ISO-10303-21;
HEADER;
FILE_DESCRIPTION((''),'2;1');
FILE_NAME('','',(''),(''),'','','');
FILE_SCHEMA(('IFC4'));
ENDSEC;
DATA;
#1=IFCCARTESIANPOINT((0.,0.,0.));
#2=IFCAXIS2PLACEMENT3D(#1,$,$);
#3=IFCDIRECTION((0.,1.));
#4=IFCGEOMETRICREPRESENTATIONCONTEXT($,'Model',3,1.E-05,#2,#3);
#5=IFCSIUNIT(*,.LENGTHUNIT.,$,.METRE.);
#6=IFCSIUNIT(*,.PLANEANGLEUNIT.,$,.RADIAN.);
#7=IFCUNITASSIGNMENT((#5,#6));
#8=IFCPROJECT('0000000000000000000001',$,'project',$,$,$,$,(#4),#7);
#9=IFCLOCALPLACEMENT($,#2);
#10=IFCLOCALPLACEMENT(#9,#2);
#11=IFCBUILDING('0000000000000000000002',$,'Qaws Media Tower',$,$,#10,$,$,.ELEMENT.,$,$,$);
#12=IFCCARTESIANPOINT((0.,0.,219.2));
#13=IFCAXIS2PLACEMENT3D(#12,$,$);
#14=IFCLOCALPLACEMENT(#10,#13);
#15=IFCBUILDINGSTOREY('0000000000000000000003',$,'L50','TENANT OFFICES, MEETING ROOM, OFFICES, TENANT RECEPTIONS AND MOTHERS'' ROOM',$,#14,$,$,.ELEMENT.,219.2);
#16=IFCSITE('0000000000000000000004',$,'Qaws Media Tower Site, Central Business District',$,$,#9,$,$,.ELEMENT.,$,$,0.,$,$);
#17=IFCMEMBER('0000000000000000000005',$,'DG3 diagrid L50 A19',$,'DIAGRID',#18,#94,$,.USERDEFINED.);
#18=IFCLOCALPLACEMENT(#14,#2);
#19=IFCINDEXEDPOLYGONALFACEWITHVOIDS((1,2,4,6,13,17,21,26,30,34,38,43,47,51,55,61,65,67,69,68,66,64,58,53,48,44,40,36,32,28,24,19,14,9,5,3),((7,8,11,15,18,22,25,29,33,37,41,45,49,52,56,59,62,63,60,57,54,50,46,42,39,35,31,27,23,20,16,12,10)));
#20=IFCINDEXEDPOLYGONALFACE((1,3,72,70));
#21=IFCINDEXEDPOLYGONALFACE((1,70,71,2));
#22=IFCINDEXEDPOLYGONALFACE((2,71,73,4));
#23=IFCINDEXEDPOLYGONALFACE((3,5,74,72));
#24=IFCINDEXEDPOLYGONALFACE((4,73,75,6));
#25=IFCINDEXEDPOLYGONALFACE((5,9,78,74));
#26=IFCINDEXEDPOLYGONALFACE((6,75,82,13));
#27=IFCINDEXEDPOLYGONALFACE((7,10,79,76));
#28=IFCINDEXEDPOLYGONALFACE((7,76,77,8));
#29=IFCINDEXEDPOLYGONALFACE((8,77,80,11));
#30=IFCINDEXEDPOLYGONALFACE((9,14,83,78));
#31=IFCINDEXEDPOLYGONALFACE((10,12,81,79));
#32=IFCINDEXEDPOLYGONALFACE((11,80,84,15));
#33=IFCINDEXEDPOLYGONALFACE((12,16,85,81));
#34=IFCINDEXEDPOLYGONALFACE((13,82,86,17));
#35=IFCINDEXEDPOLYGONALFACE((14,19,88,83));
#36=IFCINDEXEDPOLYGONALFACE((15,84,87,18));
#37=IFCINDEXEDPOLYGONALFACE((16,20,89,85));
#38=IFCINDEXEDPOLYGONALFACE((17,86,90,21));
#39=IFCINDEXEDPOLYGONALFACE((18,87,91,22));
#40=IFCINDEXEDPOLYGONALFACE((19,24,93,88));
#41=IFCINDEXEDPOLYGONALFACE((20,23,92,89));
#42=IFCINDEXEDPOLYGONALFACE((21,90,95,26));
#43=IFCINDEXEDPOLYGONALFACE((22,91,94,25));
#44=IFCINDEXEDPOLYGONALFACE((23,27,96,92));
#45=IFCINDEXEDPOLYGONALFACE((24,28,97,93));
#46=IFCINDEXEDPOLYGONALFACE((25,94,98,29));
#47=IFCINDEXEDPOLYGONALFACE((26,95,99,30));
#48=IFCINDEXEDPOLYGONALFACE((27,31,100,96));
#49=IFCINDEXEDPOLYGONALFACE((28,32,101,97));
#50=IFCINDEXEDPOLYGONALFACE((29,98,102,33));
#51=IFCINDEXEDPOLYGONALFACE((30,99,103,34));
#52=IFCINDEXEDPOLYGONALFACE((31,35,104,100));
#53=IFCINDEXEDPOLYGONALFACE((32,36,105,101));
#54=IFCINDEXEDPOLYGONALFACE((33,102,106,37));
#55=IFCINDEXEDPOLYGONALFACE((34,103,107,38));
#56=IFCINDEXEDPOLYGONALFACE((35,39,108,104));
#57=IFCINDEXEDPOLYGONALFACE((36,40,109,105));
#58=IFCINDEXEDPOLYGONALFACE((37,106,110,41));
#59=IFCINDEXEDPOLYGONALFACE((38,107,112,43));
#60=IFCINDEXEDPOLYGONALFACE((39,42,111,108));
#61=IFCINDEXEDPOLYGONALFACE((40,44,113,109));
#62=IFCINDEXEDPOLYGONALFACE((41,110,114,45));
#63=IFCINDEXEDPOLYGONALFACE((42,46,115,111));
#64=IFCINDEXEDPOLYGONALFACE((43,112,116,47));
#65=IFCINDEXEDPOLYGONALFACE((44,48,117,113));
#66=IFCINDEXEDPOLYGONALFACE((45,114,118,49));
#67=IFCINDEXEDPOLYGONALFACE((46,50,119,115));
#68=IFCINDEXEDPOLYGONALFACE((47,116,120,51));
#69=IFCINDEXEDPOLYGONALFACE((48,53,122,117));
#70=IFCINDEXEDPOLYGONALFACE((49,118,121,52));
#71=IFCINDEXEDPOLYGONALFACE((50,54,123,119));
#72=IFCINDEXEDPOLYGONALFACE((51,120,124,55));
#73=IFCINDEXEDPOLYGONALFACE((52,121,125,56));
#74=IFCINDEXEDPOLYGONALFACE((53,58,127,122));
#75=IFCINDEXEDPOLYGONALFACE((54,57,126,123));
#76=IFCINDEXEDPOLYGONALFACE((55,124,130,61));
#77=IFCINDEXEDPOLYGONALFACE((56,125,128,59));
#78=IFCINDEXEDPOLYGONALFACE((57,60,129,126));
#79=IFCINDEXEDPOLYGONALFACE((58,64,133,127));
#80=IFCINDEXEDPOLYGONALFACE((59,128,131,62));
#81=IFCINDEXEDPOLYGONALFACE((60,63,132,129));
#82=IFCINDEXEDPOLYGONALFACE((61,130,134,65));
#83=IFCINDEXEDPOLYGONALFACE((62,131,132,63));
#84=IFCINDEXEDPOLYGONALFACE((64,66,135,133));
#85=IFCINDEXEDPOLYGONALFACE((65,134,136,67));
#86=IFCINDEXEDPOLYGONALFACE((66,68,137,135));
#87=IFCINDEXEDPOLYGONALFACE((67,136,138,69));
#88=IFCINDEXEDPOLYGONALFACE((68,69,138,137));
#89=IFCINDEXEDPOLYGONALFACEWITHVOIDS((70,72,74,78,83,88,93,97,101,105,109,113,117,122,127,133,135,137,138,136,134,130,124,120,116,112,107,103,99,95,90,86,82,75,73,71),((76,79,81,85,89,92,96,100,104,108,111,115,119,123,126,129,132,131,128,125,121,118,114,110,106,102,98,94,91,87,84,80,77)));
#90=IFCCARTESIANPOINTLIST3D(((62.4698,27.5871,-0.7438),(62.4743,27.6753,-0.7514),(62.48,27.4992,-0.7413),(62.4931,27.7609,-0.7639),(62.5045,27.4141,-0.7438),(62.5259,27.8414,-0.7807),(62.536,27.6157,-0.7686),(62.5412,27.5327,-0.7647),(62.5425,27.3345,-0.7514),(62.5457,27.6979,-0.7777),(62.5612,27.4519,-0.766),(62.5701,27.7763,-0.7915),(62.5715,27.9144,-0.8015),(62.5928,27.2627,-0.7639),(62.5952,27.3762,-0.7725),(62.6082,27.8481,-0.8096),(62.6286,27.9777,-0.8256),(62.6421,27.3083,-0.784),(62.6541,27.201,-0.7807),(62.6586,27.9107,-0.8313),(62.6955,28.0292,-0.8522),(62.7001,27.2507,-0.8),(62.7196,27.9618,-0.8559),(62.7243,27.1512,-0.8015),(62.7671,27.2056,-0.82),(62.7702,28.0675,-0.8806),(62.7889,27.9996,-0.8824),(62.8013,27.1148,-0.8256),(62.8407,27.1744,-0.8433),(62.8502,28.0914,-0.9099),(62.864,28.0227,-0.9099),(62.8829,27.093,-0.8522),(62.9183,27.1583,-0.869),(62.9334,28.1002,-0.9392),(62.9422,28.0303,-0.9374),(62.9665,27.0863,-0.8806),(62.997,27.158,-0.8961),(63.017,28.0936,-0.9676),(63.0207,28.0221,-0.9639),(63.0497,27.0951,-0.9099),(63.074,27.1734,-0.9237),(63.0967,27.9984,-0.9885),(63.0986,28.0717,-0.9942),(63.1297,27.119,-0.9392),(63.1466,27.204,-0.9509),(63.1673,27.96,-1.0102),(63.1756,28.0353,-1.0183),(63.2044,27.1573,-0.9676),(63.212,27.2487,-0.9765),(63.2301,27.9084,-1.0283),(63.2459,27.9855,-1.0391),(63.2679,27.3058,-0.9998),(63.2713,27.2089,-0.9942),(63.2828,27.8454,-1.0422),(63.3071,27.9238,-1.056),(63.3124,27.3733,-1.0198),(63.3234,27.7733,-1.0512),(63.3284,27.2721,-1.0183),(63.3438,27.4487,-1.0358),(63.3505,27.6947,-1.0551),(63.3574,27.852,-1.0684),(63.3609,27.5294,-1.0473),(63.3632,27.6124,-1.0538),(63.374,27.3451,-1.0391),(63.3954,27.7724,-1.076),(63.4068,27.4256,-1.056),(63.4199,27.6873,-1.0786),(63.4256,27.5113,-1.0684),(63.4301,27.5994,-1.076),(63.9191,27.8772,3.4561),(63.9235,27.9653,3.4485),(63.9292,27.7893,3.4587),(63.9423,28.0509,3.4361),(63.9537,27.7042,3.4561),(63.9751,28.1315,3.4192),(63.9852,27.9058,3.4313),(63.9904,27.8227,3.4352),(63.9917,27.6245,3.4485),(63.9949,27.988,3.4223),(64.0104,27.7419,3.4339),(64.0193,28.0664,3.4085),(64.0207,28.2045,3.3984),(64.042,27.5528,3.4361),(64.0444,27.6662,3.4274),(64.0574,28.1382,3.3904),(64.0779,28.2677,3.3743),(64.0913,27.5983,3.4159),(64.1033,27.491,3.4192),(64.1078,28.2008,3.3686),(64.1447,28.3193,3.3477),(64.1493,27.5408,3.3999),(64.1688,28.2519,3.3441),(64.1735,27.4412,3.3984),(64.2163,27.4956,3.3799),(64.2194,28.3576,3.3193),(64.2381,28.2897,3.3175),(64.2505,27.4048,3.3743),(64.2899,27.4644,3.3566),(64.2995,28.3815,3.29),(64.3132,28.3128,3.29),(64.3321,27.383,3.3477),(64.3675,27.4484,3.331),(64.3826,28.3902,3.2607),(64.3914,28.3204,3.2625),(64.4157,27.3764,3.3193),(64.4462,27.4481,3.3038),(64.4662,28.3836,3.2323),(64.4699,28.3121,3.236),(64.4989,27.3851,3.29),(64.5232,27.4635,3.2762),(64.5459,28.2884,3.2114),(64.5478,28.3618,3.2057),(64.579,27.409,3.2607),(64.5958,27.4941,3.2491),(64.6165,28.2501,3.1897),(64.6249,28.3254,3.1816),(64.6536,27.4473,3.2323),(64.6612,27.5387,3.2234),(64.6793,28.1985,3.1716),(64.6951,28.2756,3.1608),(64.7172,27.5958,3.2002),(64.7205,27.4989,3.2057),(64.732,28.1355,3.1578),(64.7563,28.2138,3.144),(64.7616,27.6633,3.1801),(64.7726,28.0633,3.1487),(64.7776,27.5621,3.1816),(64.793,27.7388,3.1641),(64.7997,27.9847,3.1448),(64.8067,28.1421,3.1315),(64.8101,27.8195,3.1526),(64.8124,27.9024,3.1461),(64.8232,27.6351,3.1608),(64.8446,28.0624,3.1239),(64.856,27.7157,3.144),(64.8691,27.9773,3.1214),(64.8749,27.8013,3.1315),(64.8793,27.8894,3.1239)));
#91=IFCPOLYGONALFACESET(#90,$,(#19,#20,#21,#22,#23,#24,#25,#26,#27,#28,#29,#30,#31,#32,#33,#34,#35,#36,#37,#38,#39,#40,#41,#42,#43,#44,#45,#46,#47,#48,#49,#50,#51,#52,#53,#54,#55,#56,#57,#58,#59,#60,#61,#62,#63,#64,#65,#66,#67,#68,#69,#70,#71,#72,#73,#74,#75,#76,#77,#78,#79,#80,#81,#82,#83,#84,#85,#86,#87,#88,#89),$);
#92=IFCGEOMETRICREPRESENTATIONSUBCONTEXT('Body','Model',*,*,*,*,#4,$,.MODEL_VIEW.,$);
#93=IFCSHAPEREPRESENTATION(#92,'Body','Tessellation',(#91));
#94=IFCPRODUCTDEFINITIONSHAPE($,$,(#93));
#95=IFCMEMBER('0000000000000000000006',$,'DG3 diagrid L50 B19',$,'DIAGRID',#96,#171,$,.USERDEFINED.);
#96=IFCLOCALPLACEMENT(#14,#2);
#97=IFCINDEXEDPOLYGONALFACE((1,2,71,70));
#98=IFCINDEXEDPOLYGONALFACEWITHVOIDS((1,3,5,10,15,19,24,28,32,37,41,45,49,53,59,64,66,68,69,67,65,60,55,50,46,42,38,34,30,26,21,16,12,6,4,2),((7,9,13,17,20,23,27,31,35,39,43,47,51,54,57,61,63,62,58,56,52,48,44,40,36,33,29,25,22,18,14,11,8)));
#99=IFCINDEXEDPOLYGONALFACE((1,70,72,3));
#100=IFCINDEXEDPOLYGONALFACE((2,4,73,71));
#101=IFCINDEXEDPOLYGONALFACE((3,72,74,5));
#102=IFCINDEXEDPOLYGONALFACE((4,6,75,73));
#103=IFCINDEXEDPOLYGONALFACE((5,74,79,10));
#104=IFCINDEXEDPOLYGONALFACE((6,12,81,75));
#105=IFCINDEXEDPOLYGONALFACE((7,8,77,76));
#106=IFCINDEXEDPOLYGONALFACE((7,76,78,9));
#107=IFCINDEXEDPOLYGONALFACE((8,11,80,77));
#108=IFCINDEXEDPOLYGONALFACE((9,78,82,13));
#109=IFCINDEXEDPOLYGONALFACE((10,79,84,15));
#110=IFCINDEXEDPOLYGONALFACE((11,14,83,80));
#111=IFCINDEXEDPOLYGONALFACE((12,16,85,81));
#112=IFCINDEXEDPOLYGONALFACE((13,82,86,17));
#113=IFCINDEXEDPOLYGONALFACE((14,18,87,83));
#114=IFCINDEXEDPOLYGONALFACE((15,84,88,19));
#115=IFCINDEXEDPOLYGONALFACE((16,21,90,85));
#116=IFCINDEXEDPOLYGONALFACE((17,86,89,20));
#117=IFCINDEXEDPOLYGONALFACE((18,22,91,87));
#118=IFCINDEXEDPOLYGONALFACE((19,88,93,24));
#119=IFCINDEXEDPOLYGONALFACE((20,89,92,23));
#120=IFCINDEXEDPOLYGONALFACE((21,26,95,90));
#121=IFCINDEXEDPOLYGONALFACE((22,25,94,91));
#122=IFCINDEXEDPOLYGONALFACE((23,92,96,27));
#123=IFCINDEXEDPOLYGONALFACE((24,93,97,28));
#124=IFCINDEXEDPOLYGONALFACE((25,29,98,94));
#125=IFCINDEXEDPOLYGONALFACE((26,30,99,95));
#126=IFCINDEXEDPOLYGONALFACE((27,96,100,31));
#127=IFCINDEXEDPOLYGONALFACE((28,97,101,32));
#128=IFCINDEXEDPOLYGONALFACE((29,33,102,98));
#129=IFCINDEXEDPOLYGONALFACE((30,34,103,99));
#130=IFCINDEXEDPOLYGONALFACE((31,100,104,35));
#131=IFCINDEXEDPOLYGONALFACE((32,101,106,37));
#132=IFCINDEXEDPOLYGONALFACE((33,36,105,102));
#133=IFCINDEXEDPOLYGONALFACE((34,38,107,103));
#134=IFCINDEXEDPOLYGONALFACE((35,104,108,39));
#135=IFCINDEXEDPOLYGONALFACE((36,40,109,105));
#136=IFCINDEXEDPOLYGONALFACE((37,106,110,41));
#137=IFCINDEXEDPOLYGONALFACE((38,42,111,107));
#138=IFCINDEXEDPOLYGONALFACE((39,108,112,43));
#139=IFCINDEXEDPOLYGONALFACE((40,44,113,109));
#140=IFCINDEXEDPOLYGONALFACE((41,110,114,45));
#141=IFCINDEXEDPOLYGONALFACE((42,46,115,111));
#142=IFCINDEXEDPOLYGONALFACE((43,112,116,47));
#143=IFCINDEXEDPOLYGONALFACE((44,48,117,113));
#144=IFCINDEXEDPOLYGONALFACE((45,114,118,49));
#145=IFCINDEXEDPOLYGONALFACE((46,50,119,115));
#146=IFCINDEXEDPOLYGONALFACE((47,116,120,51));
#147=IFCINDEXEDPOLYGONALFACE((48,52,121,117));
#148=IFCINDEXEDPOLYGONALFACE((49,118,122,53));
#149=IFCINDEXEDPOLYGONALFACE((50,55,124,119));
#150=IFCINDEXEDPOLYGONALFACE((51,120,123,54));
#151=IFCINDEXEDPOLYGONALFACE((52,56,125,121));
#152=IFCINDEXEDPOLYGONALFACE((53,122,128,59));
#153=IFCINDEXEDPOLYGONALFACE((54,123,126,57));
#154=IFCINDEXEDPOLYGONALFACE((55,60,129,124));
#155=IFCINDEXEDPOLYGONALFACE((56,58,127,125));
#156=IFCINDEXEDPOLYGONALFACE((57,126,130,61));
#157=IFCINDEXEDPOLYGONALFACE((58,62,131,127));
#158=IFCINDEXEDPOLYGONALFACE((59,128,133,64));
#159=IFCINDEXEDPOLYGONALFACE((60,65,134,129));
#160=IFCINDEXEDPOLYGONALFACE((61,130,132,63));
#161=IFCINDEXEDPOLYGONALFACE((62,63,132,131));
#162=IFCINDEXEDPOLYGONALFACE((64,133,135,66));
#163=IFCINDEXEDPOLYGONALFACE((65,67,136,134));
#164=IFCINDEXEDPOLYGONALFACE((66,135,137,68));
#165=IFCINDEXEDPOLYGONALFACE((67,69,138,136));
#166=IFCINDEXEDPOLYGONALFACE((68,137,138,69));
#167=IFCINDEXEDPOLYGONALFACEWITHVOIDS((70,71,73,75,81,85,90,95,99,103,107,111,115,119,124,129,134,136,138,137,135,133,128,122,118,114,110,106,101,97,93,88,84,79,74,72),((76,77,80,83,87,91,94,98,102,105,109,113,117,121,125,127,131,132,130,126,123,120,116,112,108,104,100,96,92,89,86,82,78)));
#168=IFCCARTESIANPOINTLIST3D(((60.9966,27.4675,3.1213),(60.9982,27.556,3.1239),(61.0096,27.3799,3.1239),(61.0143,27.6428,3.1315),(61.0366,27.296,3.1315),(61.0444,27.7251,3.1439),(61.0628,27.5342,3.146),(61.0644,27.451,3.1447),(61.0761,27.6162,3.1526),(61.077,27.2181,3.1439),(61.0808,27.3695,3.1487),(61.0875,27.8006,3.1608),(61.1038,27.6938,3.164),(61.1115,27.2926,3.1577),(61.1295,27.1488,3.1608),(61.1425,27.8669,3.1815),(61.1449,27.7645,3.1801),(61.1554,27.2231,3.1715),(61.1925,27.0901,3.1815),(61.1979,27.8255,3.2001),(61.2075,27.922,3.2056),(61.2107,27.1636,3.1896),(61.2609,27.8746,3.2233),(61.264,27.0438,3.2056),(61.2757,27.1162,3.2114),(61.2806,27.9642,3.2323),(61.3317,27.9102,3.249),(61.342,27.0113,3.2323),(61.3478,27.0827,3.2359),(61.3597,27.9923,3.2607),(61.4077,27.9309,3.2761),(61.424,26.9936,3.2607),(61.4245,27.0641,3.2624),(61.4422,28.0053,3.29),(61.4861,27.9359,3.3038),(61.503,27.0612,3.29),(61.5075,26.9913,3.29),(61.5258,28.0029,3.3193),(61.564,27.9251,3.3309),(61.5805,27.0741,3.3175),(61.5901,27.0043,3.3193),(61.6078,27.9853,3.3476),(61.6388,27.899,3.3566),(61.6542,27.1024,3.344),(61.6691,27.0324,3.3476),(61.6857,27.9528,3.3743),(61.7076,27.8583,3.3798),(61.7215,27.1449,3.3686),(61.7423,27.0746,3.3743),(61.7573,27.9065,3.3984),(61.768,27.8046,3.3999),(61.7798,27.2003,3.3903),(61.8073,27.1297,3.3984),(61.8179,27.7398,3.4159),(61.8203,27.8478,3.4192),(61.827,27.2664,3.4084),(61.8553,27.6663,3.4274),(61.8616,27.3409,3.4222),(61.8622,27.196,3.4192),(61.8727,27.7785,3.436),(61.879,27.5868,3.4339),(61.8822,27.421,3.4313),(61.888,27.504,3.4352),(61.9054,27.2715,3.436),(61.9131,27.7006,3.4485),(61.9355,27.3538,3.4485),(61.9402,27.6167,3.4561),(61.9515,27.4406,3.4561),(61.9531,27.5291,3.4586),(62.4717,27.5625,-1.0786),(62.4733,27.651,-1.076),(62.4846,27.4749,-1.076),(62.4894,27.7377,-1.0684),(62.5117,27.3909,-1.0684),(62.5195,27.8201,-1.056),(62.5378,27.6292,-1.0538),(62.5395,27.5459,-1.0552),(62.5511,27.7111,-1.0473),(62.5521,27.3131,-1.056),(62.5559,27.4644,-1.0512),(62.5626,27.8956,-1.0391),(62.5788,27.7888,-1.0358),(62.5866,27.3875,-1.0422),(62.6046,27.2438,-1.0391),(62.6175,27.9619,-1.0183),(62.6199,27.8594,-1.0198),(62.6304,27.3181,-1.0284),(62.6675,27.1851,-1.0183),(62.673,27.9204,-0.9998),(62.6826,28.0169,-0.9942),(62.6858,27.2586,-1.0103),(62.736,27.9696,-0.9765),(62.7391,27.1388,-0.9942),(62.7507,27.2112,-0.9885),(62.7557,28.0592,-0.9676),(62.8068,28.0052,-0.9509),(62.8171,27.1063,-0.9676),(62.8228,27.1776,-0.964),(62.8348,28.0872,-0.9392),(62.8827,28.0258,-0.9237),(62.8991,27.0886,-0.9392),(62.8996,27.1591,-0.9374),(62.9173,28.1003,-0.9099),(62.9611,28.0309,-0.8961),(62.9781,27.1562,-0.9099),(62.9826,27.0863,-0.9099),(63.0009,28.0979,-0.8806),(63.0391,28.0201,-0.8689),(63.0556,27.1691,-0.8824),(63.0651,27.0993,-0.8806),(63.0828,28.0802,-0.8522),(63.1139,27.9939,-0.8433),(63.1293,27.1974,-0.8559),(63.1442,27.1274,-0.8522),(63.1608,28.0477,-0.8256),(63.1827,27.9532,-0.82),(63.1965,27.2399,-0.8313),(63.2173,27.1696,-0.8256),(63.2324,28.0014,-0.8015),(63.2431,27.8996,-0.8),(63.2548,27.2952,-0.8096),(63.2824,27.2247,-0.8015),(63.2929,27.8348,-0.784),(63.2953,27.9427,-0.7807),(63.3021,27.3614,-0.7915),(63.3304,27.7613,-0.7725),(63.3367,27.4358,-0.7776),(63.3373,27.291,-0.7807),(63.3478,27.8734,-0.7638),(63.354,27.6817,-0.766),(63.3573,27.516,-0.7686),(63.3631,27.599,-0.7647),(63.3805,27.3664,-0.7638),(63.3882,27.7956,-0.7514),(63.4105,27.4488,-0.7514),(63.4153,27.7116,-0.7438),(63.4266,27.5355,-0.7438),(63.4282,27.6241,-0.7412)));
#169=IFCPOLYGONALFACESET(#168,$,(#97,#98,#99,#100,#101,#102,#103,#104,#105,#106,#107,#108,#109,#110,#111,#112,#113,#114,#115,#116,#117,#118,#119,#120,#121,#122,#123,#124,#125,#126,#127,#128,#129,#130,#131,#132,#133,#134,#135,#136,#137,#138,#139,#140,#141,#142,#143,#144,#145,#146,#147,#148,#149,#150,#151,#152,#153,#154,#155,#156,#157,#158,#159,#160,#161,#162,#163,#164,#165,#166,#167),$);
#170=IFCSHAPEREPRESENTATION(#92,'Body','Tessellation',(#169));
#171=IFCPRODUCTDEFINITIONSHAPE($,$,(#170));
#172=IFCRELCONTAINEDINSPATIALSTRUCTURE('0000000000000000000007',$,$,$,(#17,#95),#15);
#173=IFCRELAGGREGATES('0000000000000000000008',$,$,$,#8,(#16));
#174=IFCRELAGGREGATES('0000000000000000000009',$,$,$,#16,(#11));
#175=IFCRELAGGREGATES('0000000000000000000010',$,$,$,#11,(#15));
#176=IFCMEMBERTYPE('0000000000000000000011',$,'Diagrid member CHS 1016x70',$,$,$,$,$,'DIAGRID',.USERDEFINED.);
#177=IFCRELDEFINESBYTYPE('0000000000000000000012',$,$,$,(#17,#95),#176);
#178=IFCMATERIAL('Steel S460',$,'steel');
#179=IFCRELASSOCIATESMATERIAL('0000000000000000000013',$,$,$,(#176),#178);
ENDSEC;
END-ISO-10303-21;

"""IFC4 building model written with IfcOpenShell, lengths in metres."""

from ifc_helpers import new_model, si_unit, direction, frame, origin, origin_2d, place, context, subcontext, project, spatial, hollow_circle, extrude, material, material_profile, profile_set, type_object, element, save


model = new_model("IFC4")

# Units and contexts
model_context = context("Model", 3, precision=1e-05, world=origin(), true_north=direction((0.0, 1.0)))
body_context = subcontext(model_context, "Body", "Model", "MODEL_VIEW")
ifc_project = project(units=[si_unit("LENGTHUNIT", "METRE"), si_unit("PLANEANGLEUNIT", "RADIAN")], contexts=[model_context])

# Site, building, storey
site_placement = place(None, origin())
site = spatial("IfcSite", under=ifc_project, at=site_placement, Name="Qaws Media Tower Site, Central Business District", CompositionType="ELEMENT", RefElevation=0.0)
building_placement = place(site_placement, origin())
building = spatial("IfcBuilding", under=site, at=building_placement, Name="Qaws Media Tower", CompositionType="ELEMENT")
storey_placement = place(building_placement, frame((0.0, 0.0, 219.2)))
storey = spatial("IfcBuildingStorey", under=building, at=storey_placement, Name="L50", Description="TENANT OFFICES, MEETING ROOM, OFFICES, TENANT RECEPTIONS AND MOTHERS' ROOM", CompositionType="ELEMENT", Elevation=219.2)

# Members
ifc_material_1 = material(Name="Steel S460", Category="steel")
ifc_material_profile_1 = material_profile(ifc_material_1, hollow_circle(Radius=0.5081, WallThickness=0.0701, at=origin_2d()), Name="CHS 1016x70")
ifc_profile_set_1 = profile_set([ifc_material_profile_1], Name="Steel S460")
member_type_1 = type_object("IfcMemberType", Name="Diagrid member CHS 1016x70", ElementType="DIAGRID", PredefinedType="USERDEFINED", material=ifc_profile_set_1)
for number, where, z_axis, x_axis, name in (
    (1, (62.95, 27.5933, -0.9099), (0.325491, 0.065142, 0.943299), (-0.196243, 0.980555, 0.0), "DG3 diagrid L50 A19"),
    (2, (62.95, 27.5933, -0.9099), (-0.331298, -0.02133, 0.943285), (0.06425, -0.997934, 0.0), "DG3 diagrid L50 B19"),
):
    element("IfcMember", number, at=place(storey_placement, frame(where, z_axis=z_axis, x_axis=x_axis)), inside=storey, type_object=member_type_1, Name=name, ObjectType="DIAGRID", PredefinedType="USERDEFINED", context=body_context, shape_type="SweptSolid", body=[
        extrude(hollow_circle(Radius=0.5081, WallThickness=0.0701, at=origin_2d()), origin(), (0.0, 0.0, 1.0), 4.4524),
    ])

save(model, "model.ifc")
